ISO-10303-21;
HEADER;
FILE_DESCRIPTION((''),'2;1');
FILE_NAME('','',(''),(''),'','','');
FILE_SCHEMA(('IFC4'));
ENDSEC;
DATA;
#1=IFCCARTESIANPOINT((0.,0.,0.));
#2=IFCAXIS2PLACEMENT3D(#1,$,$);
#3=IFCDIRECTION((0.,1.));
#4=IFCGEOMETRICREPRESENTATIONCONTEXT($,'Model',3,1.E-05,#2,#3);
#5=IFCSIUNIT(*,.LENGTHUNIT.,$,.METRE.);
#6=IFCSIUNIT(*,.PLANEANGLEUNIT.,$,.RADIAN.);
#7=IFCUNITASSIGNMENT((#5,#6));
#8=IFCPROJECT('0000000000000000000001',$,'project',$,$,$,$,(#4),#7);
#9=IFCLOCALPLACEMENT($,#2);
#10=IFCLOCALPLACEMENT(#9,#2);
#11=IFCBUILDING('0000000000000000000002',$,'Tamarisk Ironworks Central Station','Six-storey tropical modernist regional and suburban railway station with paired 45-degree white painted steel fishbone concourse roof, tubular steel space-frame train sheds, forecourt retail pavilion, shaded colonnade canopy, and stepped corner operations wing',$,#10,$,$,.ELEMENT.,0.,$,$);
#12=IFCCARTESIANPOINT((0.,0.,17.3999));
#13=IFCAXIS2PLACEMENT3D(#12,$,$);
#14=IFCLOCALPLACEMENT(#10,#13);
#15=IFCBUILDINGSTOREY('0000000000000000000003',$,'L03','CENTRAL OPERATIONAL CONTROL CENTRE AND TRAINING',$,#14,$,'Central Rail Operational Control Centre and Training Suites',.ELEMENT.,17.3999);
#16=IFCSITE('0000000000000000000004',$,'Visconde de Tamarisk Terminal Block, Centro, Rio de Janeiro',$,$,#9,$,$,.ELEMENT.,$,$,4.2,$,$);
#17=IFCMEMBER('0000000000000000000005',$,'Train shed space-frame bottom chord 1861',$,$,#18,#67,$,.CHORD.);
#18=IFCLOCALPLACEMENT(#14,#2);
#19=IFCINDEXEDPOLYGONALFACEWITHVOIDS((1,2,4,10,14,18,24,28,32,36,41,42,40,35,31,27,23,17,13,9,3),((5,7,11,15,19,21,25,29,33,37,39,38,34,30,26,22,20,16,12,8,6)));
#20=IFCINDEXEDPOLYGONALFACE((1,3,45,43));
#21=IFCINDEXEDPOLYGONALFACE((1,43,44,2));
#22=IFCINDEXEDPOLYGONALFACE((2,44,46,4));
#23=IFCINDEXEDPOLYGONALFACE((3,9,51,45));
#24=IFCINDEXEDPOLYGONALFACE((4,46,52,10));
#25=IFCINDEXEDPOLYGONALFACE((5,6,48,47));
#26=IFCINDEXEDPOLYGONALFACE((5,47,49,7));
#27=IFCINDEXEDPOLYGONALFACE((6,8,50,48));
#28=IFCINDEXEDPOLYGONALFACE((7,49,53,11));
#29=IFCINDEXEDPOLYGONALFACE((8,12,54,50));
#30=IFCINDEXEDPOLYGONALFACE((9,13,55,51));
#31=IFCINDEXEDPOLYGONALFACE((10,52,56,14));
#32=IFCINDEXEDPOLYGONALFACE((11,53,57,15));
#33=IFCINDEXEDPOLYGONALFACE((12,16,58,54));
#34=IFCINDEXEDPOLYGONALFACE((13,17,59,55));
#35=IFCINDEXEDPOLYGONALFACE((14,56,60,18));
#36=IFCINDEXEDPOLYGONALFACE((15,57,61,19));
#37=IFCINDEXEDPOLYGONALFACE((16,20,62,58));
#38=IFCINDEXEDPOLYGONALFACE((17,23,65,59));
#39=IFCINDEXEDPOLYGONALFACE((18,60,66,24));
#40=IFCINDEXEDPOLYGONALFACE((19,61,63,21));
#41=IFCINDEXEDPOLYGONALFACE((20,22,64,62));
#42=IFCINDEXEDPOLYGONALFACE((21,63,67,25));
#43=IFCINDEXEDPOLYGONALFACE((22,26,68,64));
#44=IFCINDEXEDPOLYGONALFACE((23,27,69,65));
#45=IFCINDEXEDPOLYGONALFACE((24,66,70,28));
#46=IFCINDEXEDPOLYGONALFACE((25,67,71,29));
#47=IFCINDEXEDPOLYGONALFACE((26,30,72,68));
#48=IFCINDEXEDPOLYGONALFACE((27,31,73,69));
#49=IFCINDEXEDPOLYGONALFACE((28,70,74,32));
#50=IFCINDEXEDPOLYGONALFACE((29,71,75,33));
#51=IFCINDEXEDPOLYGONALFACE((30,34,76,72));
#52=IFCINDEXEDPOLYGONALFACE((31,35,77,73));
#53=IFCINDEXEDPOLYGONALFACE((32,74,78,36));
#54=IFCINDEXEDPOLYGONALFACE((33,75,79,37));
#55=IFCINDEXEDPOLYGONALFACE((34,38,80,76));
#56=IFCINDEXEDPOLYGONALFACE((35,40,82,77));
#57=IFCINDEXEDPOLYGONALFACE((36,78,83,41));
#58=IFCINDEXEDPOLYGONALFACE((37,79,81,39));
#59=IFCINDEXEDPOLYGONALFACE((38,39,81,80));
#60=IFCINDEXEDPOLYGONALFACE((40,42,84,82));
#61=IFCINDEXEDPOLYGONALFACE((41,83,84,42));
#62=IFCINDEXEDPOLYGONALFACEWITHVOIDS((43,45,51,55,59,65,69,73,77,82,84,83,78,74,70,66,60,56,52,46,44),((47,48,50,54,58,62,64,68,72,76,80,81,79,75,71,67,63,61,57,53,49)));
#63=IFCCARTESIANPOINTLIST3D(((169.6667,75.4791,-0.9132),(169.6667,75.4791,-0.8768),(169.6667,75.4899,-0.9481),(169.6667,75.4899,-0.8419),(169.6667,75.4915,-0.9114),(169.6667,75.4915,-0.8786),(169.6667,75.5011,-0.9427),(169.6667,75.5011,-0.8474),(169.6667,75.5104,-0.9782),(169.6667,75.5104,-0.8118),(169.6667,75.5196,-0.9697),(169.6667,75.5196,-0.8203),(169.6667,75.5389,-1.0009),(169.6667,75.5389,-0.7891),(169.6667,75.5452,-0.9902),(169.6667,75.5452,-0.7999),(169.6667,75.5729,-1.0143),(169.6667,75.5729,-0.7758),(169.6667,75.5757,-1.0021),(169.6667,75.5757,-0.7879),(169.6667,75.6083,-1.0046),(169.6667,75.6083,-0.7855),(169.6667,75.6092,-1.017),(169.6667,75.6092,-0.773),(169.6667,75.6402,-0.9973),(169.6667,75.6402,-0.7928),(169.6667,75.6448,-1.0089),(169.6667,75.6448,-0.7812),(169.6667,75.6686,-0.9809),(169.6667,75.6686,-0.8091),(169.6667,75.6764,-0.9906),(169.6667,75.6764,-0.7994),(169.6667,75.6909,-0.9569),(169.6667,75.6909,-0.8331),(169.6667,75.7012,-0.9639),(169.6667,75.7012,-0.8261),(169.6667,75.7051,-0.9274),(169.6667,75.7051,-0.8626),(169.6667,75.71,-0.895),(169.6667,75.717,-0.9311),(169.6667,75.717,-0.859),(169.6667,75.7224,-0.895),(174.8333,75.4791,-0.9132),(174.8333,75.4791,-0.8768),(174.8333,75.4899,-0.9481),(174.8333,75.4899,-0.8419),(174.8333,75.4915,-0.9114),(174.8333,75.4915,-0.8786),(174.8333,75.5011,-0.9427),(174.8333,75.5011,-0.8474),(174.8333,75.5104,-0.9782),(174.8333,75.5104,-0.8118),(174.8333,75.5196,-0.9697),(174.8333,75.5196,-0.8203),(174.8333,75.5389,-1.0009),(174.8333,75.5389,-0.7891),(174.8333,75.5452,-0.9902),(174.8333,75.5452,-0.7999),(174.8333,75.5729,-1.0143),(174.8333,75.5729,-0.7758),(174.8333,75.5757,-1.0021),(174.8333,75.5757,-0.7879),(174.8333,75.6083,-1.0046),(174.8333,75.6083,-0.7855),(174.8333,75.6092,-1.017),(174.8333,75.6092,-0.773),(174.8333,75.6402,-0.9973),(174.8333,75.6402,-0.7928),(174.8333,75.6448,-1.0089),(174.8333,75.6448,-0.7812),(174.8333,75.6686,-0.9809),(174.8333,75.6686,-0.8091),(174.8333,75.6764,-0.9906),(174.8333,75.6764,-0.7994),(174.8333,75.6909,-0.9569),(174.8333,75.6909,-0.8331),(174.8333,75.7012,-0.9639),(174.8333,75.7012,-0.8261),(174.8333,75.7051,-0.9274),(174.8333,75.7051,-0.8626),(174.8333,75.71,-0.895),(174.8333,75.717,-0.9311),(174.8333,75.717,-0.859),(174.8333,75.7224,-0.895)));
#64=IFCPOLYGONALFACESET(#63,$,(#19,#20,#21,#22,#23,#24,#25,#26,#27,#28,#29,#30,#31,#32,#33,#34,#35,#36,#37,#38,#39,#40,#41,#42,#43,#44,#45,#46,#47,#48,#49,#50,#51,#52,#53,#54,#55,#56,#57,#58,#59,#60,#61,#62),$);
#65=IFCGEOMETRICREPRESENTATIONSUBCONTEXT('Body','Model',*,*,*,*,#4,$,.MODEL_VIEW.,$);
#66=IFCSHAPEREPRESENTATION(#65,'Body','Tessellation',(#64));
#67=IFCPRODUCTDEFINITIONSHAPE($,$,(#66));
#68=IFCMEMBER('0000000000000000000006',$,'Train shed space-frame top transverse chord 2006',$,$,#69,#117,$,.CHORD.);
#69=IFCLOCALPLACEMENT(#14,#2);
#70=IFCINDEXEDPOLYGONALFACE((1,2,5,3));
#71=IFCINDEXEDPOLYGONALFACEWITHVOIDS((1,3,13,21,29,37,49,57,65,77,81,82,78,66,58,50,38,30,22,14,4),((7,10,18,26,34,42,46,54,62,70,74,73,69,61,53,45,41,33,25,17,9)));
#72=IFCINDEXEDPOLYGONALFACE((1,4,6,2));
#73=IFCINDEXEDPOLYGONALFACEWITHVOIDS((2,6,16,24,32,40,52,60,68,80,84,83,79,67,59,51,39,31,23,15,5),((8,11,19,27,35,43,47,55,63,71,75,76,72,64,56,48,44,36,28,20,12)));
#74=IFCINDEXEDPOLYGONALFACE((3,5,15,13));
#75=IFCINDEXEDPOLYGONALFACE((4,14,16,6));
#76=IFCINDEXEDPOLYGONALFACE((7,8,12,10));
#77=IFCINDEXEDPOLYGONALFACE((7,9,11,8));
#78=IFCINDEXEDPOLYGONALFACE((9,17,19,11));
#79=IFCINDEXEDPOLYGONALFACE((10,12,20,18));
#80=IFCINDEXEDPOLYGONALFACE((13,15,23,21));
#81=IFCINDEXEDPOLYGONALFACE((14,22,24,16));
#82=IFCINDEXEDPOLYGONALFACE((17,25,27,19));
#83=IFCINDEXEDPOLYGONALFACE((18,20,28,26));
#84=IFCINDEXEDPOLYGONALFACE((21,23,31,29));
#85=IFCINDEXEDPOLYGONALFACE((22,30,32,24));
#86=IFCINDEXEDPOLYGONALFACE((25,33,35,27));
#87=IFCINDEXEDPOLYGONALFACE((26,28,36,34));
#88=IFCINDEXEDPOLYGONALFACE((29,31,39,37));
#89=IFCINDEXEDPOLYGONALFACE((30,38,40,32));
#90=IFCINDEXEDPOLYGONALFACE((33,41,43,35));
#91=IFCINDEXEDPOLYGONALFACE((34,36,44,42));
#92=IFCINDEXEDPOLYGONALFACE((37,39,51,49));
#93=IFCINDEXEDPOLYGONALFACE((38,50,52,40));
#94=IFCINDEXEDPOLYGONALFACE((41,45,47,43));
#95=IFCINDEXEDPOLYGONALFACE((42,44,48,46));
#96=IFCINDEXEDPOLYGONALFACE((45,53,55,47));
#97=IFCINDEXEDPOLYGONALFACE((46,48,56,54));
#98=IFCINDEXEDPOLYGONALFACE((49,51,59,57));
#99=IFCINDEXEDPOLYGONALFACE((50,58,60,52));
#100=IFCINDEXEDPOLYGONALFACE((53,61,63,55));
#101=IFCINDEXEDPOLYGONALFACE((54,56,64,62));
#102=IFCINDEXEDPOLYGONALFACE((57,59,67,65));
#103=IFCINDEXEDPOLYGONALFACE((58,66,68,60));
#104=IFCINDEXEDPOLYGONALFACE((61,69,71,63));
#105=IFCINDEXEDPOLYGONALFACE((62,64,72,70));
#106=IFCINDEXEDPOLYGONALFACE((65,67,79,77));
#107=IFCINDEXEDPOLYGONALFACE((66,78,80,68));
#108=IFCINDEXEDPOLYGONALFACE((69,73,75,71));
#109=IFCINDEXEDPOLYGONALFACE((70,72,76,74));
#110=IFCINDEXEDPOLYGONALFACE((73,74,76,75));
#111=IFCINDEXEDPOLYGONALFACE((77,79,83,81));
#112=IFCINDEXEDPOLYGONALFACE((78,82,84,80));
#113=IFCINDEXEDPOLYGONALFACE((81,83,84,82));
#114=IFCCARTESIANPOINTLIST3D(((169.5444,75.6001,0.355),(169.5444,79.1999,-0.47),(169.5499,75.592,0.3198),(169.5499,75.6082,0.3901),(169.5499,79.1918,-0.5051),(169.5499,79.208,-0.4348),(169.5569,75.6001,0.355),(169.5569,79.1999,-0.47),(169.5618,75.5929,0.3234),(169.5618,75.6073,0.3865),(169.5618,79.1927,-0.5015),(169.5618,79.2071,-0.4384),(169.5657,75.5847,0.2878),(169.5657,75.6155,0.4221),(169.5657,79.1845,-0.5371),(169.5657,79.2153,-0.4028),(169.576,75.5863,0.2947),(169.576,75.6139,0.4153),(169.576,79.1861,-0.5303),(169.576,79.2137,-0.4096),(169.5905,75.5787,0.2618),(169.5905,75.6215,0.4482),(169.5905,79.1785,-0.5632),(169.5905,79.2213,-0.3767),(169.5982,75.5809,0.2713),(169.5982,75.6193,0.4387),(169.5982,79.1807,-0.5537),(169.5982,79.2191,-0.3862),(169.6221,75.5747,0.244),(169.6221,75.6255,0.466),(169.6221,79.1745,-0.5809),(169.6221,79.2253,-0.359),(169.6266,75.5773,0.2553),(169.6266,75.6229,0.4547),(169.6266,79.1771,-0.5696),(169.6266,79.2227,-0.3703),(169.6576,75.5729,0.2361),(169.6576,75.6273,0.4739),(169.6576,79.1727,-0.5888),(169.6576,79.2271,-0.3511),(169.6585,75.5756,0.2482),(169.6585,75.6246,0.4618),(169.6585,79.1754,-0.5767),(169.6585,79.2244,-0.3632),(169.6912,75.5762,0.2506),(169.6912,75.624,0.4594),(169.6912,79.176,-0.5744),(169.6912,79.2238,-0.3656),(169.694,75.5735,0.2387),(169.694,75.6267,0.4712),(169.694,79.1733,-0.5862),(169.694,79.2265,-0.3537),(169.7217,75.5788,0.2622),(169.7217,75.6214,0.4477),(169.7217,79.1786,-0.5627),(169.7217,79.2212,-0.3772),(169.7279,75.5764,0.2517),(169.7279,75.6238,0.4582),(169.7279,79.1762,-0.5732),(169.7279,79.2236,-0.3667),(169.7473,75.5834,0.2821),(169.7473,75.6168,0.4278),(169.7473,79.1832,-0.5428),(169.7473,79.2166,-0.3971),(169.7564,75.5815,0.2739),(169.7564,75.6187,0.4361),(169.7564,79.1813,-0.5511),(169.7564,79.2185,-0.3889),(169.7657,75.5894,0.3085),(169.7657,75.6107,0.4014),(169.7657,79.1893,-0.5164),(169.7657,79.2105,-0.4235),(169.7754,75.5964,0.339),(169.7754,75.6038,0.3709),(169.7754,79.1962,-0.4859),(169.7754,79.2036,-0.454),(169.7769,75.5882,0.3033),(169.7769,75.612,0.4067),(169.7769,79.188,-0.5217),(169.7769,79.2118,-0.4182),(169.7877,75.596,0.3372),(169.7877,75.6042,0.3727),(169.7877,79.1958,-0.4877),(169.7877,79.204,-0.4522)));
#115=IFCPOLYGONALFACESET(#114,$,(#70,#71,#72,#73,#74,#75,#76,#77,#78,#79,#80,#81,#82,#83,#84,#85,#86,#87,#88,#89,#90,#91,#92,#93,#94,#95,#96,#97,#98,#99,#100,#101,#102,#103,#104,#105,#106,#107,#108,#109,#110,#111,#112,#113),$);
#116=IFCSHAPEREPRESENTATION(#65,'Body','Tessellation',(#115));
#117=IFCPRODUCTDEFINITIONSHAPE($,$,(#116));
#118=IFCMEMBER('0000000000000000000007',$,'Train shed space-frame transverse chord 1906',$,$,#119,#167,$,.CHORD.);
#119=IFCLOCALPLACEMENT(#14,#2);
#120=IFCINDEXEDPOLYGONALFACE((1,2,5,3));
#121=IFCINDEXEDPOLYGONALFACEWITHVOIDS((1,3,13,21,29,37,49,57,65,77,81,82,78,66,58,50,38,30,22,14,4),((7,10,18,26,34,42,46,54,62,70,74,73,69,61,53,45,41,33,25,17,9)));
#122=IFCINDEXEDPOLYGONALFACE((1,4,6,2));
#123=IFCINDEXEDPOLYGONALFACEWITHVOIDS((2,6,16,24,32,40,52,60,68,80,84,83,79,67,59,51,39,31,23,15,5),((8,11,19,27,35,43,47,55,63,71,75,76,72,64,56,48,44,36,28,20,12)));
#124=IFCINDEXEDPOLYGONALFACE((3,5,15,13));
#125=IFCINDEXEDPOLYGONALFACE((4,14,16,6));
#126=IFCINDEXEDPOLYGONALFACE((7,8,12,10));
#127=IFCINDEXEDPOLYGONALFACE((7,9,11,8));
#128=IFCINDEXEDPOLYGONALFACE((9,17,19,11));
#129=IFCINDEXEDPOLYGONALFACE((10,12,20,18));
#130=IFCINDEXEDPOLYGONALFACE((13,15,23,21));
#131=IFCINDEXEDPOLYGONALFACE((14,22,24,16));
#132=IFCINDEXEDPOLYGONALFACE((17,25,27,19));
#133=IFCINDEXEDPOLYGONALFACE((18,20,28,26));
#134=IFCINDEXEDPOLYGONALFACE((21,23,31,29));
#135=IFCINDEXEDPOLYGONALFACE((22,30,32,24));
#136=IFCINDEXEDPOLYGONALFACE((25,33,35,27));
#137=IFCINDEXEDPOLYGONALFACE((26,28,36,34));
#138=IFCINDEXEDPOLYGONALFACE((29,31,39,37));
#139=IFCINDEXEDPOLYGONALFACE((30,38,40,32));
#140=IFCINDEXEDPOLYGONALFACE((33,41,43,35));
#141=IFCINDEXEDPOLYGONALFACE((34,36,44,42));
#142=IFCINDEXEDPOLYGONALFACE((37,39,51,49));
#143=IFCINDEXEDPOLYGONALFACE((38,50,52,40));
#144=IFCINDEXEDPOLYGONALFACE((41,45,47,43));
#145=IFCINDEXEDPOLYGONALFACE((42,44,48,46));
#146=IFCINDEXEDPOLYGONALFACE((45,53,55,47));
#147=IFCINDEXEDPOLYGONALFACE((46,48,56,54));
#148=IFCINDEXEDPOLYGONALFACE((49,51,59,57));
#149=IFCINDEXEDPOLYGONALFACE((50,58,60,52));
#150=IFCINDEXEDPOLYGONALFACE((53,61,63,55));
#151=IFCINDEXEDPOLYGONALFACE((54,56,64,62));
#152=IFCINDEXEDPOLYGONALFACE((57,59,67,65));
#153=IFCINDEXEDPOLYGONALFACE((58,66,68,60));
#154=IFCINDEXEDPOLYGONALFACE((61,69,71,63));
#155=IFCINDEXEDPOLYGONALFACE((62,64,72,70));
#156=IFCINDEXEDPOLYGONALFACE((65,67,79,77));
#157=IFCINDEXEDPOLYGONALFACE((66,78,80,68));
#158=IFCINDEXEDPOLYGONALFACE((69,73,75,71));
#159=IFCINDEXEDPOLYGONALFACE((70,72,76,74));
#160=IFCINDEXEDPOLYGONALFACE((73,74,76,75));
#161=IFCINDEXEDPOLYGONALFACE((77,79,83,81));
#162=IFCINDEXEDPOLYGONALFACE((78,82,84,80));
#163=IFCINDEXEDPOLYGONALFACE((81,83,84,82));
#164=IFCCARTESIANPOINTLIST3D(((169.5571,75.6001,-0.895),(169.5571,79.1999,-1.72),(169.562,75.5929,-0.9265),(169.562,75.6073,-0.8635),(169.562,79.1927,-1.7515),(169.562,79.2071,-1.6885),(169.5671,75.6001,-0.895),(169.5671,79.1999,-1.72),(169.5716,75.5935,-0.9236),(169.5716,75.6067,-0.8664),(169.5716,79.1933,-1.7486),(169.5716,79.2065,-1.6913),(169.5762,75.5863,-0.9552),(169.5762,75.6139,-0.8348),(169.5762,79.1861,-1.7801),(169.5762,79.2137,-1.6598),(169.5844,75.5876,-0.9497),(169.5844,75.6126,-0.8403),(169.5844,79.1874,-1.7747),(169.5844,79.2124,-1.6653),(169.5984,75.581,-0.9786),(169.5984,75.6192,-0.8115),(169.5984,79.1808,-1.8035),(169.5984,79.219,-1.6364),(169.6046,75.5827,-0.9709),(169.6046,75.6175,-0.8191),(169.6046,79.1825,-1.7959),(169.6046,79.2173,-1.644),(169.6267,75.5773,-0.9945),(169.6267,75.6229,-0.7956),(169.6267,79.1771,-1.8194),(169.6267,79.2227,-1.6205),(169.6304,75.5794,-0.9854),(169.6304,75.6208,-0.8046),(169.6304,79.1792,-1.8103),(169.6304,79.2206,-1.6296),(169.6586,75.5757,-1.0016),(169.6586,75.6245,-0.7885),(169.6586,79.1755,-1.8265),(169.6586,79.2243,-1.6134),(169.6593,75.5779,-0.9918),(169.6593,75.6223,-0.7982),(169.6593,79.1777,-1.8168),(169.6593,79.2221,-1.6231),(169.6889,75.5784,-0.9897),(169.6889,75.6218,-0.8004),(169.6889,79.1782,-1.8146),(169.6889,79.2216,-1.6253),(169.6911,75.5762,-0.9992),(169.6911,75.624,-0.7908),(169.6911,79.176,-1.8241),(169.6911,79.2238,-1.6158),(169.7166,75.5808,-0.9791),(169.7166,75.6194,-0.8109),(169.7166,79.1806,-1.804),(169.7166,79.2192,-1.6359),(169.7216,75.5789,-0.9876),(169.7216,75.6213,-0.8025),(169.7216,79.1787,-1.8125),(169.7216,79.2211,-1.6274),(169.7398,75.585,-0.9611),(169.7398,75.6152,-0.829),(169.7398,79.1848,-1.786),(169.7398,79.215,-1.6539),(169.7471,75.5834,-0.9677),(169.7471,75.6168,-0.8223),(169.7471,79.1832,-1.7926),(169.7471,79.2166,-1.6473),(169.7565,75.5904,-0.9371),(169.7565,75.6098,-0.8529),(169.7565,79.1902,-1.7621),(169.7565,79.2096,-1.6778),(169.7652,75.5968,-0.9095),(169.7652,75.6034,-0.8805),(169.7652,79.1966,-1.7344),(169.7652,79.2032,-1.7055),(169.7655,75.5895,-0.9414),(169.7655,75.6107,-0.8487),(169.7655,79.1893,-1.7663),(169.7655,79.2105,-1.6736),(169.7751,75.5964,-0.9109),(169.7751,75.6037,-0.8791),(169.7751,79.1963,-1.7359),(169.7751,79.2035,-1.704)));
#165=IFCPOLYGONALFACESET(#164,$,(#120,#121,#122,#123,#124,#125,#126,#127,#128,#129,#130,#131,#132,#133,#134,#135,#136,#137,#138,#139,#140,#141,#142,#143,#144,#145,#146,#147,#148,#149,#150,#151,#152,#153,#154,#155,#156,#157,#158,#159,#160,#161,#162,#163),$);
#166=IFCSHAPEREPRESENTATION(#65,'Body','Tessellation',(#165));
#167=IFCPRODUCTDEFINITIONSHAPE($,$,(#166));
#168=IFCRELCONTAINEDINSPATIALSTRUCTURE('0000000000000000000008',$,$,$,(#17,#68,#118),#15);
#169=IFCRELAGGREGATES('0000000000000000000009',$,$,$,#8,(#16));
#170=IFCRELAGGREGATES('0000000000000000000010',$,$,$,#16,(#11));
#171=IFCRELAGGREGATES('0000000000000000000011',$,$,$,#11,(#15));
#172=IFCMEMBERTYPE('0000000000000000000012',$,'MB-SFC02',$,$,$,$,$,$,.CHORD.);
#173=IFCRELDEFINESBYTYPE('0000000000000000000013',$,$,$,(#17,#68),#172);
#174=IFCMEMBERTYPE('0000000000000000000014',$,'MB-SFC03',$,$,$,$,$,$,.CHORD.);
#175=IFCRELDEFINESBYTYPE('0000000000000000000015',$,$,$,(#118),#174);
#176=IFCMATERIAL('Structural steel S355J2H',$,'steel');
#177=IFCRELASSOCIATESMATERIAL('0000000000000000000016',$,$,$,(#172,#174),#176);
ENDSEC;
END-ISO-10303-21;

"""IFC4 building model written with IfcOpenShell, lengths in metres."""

from ifc_helpers import new_model, si_unit, direction, frame, origin, origin_2d, place, context, subcontext, project, spatial, hollow_circle, extrude, material, material_profile, profile_set, type_object, element, save


model = new_model("IFC4")

# Units and contexts
model_context = context("Model", 3, precision=1e-05, world=origin(), true_north=direction((0.0, 1.0)))
body_context = subcontext(model_context, "Body", "Model", "MODEL_VIEW")
ifc_project = project(units=[si_unit("LENGTHUNIT", "METRE"), si_unit("PLANEANGLEUNIT", "RADIAN")], contexts=[model_context])

# Site, building, storey
site_placement = place(None, origin())
site = spatial("IfcSite", under=ifc_project, at=site_placement, Name="Visconde de Tamarisk Terminal Block, Centro, Rio de Janeiro", CompositionType="ELEMENT", RefElevation=4.2)
building_placement = place(site_placement, origin())
building = spatial("IfcBuilding", under=site, at=building_placement, Name="Tamarisk Ironworks Central Station", Description="Six-storey tropical modernist regional and suburban railway station with paired 45-degree white painted steel fishbone concourse roof, tubular steel space-frame train sheds, forecourt retail pavilion, shaded colonnade canopy, and stepped corner operations wing", CompositionType="ELEMENT", ElevationOfRefHeight=0.0)
storey_placement = place(building_placement, frame((0.0, 0.0, 17.3999)))
storey = spatial("IfcBuildingStorey", under=building, at=storey_placement, Name="L03", Description="CENTRAL OPERATIONAL CONTROL CENTRE AND TRAINING", LongName="Central Rail Operational Control Centre and Training Suites", CompositionType="ELEMENT", Elevation=17.3999)

# Members
ifc_material_1 = material(Name="Structural steel S355J2H", Category="steel")
ifc_material_profile_1 = material_profile(ifc_material_1, hollow_circle(Radius=0.1223, WallThickness=0.0125, at=origin_2d()), Name="CHS 244.5x12.5")
ifc_profile_set_1 = profile_set([ifc_material_profile_1], Name="Structural steel S355J2H")
member_type_1 = type_object("IfcMemberType", Name="MB-SFC02", PredefinedType="CHORD", material=ifc_profile_set_1)
member_1_placement = place(storey_placement, frame((169.6667, 75.6001, -0.895), z_axis=(1.0, 0.0, 0.0), x_axis=(0.0, 1.0, 0.0)))
element("IfcMember", 1, at=member_1_placement, inside=storey, type_object=member_type_1, Name="Train shed space-frame bottom chord 1861", PredefinedType="CHORD", context=body_context, shape_type="SweptSolid", body=[
    extrude(hollow_circle(Radius=0.1223, WallThickness=0.0125, at=origin_2d()), origin(), (0.0, 0.0, 1.0), 5.1665),
])
member_2_placement = place(storey_placement, frame((169.6667, 75.6001, 0.355), z_axis=(0.0, 0.974733, -0.223372), x_axis=(-1.0, 0.0, 0.0)))
element("IfcMember", 2, at=member_2_placement, inside=storey, type_object=member_type_1, Name="Train shed space-frame top transverse chord 2006", PredefinedType="CHORD", context=body_context, shape_type="SweptSolid", body=[
    extrude(hollow_circle(Radius=0.1223, WallThickness=0.0125, at=origin_2d()), origin(), (0.0, 0.0, 1.0), 3.6931),
])
ifc_material_profile_2 = material_profile(ifc_material_1, hollow_circle(Radius=0.1096, WallThickness=0.01, at=origin_2d()), Name="CHS 219.1x10")
ifc_profile_set_2 = profile_set([ifc_material_profile_2], Name="Structural steel S355J2H")
member_type_2 = type_object("IfcMemberType", Name="MB-SFC03", PredefinedType="CHORD", material=ifc_profile_set_2)
member_3_placement = place(storey_placement, frame((169.6667, 75.6001, -0.895), z_axis=(0.0, 0.974733, -0.223372), x_axis=(-1.0, 0.0, 0.0)))
element("IfcMember", 3, at=member_3_placement, inside=storey, type_object=member_type_2, Name="Train shed space-frame transverse chord 1906", PredefinedType="CHORD", context=body_context, shape_type="SweptSolid", body=[
    extrude(hollow_circle(Radius=0.1096, WallThickness=0.01, at=origin_2d()), origin(), (0.0, 0.0, 1.0), 3.6931),
])

save(model, "model.ifc")
